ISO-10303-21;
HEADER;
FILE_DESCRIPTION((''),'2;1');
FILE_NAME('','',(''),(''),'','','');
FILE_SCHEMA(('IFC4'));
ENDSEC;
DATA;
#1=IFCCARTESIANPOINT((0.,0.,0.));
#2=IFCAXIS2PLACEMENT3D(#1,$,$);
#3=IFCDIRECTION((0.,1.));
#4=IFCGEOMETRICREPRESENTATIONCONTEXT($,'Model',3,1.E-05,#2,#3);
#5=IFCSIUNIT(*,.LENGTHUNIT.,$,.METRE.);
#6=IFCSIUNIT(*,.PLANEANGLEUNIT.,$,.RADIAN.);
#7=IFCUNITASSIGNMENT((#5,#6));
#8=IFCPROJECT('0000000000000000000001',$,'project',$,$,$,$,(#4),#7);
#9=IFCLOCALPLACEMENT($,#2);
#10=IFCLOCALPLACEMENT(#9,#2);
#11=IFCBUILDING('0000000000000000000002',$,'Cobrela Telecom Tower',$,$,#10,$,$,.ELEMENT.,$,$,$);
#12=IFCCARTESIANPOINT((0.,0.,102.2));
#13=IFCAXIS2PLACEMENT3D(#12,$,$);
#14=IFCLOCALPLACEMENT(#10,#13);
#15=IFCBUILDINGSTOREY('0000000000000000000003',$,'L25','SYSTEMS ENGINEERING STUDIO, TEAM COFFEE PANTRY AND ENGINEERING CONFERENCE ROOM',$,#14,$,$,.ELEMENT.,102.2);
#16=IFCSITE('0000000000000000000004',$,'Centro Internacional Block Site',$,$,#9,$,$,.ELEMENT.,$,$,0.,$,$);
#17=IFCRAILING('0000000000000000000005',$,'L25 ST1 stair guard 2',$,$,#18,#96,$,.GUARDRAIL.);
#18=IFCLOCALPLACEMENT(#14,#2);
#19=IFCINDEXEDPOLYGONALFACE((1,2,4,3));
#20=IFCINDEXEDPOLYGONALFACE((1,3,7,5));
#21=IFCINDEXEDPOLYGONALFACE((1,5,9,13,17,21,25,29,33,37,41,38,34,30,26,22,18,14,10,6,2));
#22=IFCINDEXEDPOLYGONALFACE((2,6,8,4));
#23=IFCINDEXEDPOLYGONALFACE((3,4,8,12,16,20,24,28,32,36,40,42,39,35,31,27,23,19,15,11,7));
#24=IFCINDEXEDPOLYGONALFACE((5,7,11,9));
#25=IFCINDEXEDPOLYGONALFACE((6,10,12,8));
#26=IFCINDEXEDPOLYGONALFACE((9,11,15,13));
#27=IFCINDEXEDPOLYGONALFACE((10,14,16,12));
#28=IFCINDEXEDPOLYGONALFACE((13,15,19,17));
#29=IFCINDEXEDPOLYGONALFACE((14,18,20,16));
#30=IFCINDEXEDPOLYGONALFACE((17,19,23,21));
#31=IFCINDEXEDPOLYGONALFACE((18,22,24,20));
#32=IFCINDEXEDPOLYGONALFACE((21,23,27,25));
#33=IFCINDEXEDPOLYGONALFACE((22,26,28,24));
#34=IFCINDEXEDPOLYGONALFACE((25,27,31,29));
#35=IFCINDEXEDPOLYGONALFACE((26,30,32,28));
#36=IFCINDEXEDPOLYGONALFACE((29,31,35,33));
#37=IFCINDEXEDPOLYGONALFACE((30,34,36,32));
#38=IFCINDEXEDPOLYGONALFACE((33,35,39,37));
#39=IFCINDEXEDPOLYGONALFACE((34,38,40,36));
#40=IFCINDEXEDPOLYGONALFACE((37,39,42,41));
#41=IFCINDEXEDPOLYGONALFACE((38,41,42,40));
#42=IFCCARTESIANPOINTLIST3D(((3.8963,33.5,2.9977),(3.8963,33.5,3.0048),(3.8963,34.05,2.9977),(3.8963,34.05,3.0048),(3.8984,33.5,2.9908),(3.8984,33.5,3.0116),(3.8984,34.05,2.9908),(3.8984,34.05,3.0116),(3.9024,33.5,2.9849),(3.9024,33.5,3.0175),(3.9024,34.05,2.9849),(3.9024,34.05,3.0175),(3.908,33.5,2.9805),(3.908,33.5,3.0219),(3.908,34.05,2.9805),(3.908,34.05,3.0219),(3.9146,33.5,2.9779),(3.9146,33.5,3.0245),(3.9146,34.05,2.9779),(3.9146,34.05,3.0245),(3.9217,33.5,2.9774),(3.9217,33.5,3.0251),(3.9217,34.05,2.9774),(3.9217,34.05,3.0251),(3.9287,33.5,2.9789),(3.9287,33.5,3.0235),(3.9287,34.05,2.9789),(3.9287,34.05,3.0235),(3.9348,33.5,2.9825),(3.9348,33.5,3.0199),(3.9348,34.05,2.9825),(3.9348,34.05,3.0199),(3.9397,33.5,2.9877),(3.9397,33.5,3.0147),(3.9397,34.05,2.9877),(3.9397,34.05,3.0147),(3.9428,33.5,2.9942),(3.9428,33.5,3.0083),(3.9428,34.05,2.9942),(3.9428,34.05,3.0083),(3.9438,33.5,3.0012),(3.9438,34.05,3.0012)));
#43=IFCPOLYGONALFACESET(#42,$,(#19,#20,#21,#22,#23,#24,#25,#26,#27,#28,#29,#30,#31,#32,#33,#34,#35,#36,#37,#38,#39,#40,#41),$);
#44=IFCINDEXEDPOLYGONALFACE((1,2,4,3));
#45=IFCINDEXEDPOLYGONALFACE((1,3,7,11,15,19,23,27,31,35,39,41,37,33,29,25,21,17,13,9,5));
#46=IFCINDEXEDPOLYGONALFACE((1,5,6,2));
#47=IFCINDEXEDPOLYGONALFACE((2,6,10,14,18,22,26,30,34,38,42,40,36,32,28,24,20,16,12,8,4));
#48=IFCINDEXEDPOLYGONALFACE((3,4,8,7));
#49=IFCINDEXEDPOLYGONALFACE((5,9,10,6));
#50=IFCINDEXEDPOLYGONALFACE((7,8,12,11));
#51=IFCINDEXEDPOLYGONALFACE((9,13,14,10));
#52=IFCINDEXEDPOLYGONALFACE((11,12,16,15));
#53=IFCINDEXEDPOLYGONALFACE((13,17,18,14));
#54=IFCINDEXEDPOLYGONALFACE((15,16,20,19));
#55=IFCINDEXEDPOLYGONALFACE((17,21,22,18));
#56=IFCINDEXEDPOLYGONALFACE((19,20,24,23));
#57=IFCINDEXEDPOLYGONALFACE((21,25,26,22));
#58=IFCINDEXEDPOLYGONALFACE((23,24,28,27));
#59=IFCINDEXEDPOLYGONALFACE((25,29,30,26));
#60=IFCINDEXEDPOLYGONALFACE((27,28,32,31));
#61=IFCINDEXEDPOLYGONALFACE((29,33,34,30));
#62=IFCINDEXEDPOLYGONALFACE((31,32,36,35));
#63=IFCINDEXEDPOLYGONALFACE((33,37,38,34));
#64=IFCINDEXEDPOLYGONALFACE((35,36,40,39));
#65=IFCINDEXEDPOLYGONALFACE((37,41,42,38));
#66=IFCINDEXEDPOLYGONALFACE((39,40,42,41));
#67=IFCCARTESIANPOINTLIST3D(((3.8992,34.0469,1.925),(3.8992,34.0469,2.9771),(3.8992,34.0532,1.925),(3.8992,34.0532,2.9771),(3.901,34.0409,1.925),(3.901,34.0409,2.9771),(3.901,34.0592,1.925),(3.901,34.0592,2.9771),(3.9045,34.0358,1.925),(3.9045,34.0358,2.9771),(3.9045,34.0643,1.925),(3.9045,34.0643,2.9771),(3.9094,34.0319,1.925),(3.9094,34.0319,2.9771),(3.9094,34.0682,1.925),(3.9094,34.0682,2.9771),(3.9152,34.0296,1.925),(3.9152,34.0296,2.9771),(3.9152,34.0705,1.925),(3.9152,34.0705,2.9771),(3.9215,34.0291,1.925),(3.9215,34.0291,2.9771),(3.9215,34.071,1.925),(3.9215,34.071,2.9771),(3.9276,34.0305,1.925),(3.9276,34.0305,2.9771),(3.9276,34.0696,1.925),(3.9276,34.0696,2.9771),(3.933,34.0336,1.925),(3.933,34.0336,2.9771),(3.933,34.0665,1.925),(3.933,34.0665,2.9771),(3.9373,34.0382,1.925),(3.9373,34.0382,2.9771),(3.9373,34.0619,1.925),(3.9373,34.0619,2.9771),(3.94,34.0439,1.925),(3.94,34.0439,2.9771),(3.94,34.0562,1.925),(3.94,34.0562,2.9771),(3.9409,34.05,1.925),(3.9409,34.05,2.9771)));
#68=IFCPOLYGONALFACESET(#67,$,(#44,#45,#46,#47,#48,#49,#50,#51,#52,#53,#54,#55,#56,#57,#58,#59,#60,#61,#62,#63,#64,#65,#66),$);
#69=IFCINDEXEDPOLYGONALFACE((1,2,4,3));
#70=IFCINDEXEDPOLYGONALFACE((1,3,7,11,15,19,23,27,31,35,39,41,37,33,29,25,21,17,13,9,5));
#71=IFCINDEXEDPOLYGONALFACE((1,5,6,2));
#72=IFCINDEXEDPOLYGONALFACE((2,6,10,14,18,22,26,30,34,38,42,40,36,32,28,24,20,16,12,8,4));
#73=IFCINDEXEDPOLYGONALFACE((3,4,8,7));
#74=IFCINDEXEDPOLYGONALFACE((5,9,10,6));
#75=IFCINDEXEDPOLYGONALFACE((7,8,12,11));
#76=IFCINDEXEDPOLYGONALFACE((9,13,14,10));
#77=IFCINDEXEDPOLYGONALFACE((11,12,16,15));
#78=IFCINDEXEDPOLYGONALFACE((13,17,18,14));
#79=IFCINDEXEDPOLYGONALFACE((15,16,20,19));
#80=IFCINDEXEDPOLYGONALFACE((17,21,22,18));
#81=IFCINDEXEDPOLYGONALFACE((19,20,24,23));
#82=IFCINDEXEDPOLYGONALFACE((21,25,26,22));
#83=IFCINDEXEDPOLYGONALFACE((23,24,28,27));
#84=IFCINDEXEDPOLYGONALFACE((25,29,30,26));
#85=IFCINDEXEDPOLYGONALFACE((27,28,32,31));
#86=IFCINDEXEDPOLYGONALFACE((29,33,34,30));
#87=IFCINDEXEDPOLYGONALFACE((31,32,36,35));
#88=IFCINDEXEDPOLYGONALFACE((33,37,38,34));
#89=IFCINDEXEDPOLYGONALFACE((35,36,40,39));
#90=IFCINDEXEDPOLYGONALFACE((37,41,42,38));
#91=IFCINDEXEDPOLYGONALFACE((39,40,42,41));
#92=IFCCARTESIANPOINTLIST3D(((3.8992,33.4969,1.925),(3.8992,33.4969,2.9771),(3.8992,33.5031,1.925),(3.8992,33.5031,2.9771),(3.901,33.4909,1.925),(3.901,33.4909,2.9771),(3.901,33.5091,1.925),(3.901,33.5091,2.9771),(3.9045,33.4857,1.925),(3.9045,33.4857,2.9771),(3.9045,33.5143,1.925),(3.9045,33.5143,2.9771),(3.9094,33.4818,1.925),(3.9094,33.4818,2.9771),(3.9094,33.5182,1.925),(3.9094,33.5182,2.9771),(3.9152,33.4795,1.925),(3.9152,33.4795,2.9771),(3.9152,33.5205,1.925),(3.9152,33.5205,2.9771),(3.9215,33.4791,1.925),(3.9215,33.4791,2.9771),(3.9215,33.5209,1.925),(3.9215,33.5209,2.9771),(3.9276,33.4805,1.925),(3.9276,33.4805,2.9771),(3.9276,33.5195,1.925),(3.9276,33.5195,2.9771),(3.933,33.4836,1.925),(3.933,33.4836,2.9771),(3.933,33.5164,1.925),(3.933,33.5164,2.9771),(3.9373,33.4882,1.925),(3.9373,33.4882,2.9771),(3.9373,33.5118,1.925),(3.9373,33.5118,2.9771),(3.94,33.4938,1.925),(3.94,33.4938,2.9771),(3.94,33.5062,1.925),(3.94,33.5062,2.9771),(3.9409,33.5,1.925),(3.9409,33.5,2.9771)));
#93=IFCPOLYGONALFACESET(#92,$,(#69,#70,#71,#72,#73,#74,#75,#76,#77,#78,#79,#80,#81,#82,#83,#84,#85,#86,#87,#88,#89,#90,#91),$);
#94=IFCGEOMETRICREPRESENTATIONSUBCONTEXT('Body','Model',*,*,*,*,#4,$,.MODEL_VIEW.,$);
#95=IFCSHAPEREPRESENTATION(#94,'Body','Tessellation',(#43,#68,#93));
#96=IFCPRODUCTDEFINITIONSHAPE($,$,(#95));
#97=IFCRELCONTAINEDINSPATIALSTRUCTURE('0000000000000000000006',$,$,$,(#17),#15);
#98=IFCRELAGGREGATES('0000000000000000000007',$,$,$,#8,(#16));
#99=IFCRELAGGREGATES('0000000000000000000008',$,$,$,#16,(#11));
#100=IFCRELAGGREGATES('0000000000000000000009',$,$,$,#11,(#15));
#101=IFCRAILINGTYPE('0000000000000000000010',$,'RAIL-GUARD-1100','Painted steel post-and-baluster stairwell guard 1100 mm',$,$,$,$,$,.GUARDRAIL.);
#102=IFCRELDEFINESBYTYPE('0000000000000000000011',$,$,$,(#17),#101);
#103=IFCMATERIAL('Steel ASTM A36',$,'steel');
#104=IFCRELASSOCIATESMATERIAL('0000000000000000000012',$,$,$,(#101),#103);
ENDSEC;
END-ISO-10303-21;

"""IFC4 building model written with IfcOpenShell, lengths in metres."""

from ifc_helpers import new_model, si_unit, direction, frame, origin, origin_2d, place, context, subcontext, project, spatial, circle, extrude, material, type_object, element, save


model = new_model("IFC4")

# Units and contexts
model_context = context("Model", 3, precision=1e-05, world=origin(), true_north=direction((0.0, 1.0)))
body_context = subcontext(model_context, "Body", "Model", "MODEL_VIEW")
ifc_project = project(units=[si_unit("LENGTHUNIT", "METRE"), si_unit("PLANEANGLEUNIT", "RADIAN")], contexts=[model_context])

# Site, building, storey
site_placement = place(None, origin())
site = spatial("IfcSite", under=ifc_project, at=site_placement, Name="Centro Internacional Block Site", CompositionType="ELEMENT", RefElevation=0.0)
building_placement = place(site_placement, origin())
building = spatial("IfcBuilding", under=site, at=building_placement, Name="Cobrela Telecom Tower", CompositionType="ELEMENT")
storey_placement = place(building_placement, frame((0.0, 0.0, 102.2)))
storey = spatial("IfcBuildingStorey", under=building, at=storey_placement, Name="L25", Description="SYSTEMS ENGINEERING STUDIO, TEAM COFFEE PANTRY AND ENGINEERING CONFERENCE ROOM", CompositionType="ELEMENT", Elevation=102.2)

# Shared definitions
ifc_material_1 = material(Name="Steel ASTM A36", Category="steel")

# Railing
railing_type_1 = type_object("IfcRailingType", Name="RAIL-GUARD-1100", Description="Painted steel post-and-baluster stairwell guard 1100 mm", PredefinedType="GUARDRAIL", material=ifc_material_1)
railing_1_placement = place(storey_placement, frame((3.9199, 34.05, 1.925)))
element("IfcRailing", 1, at=railing_1_placement, inside=storey, type_object=railing_type_1, Name="L25 ST1 stair guard 2", PredefinedType="GUARDRAIL", context=body_context, shape_type="SweptSolid", body=[
    extrude(circle(Radius=0.0239, at=origin_2d()), frame((0.0, 0.0, 1.0762), z_axis=(0.0, -1.0, 0.0), x_axis=(1.0, 0.0, 0.0)), (0.0, 0.0, 1.0), 0.55),
    extrude(circle(Radius=0.021, at=origin_2d()), origin(), (0.0, 0.0, 1.0), 1.052),
    extrude(circle(Radius=0.021, at=origin_2d()), frame((0.0, -0.55, 0.0)), (0.0, 0.0, 1.0), 1.052),
])

save(model, "model.ifc")
